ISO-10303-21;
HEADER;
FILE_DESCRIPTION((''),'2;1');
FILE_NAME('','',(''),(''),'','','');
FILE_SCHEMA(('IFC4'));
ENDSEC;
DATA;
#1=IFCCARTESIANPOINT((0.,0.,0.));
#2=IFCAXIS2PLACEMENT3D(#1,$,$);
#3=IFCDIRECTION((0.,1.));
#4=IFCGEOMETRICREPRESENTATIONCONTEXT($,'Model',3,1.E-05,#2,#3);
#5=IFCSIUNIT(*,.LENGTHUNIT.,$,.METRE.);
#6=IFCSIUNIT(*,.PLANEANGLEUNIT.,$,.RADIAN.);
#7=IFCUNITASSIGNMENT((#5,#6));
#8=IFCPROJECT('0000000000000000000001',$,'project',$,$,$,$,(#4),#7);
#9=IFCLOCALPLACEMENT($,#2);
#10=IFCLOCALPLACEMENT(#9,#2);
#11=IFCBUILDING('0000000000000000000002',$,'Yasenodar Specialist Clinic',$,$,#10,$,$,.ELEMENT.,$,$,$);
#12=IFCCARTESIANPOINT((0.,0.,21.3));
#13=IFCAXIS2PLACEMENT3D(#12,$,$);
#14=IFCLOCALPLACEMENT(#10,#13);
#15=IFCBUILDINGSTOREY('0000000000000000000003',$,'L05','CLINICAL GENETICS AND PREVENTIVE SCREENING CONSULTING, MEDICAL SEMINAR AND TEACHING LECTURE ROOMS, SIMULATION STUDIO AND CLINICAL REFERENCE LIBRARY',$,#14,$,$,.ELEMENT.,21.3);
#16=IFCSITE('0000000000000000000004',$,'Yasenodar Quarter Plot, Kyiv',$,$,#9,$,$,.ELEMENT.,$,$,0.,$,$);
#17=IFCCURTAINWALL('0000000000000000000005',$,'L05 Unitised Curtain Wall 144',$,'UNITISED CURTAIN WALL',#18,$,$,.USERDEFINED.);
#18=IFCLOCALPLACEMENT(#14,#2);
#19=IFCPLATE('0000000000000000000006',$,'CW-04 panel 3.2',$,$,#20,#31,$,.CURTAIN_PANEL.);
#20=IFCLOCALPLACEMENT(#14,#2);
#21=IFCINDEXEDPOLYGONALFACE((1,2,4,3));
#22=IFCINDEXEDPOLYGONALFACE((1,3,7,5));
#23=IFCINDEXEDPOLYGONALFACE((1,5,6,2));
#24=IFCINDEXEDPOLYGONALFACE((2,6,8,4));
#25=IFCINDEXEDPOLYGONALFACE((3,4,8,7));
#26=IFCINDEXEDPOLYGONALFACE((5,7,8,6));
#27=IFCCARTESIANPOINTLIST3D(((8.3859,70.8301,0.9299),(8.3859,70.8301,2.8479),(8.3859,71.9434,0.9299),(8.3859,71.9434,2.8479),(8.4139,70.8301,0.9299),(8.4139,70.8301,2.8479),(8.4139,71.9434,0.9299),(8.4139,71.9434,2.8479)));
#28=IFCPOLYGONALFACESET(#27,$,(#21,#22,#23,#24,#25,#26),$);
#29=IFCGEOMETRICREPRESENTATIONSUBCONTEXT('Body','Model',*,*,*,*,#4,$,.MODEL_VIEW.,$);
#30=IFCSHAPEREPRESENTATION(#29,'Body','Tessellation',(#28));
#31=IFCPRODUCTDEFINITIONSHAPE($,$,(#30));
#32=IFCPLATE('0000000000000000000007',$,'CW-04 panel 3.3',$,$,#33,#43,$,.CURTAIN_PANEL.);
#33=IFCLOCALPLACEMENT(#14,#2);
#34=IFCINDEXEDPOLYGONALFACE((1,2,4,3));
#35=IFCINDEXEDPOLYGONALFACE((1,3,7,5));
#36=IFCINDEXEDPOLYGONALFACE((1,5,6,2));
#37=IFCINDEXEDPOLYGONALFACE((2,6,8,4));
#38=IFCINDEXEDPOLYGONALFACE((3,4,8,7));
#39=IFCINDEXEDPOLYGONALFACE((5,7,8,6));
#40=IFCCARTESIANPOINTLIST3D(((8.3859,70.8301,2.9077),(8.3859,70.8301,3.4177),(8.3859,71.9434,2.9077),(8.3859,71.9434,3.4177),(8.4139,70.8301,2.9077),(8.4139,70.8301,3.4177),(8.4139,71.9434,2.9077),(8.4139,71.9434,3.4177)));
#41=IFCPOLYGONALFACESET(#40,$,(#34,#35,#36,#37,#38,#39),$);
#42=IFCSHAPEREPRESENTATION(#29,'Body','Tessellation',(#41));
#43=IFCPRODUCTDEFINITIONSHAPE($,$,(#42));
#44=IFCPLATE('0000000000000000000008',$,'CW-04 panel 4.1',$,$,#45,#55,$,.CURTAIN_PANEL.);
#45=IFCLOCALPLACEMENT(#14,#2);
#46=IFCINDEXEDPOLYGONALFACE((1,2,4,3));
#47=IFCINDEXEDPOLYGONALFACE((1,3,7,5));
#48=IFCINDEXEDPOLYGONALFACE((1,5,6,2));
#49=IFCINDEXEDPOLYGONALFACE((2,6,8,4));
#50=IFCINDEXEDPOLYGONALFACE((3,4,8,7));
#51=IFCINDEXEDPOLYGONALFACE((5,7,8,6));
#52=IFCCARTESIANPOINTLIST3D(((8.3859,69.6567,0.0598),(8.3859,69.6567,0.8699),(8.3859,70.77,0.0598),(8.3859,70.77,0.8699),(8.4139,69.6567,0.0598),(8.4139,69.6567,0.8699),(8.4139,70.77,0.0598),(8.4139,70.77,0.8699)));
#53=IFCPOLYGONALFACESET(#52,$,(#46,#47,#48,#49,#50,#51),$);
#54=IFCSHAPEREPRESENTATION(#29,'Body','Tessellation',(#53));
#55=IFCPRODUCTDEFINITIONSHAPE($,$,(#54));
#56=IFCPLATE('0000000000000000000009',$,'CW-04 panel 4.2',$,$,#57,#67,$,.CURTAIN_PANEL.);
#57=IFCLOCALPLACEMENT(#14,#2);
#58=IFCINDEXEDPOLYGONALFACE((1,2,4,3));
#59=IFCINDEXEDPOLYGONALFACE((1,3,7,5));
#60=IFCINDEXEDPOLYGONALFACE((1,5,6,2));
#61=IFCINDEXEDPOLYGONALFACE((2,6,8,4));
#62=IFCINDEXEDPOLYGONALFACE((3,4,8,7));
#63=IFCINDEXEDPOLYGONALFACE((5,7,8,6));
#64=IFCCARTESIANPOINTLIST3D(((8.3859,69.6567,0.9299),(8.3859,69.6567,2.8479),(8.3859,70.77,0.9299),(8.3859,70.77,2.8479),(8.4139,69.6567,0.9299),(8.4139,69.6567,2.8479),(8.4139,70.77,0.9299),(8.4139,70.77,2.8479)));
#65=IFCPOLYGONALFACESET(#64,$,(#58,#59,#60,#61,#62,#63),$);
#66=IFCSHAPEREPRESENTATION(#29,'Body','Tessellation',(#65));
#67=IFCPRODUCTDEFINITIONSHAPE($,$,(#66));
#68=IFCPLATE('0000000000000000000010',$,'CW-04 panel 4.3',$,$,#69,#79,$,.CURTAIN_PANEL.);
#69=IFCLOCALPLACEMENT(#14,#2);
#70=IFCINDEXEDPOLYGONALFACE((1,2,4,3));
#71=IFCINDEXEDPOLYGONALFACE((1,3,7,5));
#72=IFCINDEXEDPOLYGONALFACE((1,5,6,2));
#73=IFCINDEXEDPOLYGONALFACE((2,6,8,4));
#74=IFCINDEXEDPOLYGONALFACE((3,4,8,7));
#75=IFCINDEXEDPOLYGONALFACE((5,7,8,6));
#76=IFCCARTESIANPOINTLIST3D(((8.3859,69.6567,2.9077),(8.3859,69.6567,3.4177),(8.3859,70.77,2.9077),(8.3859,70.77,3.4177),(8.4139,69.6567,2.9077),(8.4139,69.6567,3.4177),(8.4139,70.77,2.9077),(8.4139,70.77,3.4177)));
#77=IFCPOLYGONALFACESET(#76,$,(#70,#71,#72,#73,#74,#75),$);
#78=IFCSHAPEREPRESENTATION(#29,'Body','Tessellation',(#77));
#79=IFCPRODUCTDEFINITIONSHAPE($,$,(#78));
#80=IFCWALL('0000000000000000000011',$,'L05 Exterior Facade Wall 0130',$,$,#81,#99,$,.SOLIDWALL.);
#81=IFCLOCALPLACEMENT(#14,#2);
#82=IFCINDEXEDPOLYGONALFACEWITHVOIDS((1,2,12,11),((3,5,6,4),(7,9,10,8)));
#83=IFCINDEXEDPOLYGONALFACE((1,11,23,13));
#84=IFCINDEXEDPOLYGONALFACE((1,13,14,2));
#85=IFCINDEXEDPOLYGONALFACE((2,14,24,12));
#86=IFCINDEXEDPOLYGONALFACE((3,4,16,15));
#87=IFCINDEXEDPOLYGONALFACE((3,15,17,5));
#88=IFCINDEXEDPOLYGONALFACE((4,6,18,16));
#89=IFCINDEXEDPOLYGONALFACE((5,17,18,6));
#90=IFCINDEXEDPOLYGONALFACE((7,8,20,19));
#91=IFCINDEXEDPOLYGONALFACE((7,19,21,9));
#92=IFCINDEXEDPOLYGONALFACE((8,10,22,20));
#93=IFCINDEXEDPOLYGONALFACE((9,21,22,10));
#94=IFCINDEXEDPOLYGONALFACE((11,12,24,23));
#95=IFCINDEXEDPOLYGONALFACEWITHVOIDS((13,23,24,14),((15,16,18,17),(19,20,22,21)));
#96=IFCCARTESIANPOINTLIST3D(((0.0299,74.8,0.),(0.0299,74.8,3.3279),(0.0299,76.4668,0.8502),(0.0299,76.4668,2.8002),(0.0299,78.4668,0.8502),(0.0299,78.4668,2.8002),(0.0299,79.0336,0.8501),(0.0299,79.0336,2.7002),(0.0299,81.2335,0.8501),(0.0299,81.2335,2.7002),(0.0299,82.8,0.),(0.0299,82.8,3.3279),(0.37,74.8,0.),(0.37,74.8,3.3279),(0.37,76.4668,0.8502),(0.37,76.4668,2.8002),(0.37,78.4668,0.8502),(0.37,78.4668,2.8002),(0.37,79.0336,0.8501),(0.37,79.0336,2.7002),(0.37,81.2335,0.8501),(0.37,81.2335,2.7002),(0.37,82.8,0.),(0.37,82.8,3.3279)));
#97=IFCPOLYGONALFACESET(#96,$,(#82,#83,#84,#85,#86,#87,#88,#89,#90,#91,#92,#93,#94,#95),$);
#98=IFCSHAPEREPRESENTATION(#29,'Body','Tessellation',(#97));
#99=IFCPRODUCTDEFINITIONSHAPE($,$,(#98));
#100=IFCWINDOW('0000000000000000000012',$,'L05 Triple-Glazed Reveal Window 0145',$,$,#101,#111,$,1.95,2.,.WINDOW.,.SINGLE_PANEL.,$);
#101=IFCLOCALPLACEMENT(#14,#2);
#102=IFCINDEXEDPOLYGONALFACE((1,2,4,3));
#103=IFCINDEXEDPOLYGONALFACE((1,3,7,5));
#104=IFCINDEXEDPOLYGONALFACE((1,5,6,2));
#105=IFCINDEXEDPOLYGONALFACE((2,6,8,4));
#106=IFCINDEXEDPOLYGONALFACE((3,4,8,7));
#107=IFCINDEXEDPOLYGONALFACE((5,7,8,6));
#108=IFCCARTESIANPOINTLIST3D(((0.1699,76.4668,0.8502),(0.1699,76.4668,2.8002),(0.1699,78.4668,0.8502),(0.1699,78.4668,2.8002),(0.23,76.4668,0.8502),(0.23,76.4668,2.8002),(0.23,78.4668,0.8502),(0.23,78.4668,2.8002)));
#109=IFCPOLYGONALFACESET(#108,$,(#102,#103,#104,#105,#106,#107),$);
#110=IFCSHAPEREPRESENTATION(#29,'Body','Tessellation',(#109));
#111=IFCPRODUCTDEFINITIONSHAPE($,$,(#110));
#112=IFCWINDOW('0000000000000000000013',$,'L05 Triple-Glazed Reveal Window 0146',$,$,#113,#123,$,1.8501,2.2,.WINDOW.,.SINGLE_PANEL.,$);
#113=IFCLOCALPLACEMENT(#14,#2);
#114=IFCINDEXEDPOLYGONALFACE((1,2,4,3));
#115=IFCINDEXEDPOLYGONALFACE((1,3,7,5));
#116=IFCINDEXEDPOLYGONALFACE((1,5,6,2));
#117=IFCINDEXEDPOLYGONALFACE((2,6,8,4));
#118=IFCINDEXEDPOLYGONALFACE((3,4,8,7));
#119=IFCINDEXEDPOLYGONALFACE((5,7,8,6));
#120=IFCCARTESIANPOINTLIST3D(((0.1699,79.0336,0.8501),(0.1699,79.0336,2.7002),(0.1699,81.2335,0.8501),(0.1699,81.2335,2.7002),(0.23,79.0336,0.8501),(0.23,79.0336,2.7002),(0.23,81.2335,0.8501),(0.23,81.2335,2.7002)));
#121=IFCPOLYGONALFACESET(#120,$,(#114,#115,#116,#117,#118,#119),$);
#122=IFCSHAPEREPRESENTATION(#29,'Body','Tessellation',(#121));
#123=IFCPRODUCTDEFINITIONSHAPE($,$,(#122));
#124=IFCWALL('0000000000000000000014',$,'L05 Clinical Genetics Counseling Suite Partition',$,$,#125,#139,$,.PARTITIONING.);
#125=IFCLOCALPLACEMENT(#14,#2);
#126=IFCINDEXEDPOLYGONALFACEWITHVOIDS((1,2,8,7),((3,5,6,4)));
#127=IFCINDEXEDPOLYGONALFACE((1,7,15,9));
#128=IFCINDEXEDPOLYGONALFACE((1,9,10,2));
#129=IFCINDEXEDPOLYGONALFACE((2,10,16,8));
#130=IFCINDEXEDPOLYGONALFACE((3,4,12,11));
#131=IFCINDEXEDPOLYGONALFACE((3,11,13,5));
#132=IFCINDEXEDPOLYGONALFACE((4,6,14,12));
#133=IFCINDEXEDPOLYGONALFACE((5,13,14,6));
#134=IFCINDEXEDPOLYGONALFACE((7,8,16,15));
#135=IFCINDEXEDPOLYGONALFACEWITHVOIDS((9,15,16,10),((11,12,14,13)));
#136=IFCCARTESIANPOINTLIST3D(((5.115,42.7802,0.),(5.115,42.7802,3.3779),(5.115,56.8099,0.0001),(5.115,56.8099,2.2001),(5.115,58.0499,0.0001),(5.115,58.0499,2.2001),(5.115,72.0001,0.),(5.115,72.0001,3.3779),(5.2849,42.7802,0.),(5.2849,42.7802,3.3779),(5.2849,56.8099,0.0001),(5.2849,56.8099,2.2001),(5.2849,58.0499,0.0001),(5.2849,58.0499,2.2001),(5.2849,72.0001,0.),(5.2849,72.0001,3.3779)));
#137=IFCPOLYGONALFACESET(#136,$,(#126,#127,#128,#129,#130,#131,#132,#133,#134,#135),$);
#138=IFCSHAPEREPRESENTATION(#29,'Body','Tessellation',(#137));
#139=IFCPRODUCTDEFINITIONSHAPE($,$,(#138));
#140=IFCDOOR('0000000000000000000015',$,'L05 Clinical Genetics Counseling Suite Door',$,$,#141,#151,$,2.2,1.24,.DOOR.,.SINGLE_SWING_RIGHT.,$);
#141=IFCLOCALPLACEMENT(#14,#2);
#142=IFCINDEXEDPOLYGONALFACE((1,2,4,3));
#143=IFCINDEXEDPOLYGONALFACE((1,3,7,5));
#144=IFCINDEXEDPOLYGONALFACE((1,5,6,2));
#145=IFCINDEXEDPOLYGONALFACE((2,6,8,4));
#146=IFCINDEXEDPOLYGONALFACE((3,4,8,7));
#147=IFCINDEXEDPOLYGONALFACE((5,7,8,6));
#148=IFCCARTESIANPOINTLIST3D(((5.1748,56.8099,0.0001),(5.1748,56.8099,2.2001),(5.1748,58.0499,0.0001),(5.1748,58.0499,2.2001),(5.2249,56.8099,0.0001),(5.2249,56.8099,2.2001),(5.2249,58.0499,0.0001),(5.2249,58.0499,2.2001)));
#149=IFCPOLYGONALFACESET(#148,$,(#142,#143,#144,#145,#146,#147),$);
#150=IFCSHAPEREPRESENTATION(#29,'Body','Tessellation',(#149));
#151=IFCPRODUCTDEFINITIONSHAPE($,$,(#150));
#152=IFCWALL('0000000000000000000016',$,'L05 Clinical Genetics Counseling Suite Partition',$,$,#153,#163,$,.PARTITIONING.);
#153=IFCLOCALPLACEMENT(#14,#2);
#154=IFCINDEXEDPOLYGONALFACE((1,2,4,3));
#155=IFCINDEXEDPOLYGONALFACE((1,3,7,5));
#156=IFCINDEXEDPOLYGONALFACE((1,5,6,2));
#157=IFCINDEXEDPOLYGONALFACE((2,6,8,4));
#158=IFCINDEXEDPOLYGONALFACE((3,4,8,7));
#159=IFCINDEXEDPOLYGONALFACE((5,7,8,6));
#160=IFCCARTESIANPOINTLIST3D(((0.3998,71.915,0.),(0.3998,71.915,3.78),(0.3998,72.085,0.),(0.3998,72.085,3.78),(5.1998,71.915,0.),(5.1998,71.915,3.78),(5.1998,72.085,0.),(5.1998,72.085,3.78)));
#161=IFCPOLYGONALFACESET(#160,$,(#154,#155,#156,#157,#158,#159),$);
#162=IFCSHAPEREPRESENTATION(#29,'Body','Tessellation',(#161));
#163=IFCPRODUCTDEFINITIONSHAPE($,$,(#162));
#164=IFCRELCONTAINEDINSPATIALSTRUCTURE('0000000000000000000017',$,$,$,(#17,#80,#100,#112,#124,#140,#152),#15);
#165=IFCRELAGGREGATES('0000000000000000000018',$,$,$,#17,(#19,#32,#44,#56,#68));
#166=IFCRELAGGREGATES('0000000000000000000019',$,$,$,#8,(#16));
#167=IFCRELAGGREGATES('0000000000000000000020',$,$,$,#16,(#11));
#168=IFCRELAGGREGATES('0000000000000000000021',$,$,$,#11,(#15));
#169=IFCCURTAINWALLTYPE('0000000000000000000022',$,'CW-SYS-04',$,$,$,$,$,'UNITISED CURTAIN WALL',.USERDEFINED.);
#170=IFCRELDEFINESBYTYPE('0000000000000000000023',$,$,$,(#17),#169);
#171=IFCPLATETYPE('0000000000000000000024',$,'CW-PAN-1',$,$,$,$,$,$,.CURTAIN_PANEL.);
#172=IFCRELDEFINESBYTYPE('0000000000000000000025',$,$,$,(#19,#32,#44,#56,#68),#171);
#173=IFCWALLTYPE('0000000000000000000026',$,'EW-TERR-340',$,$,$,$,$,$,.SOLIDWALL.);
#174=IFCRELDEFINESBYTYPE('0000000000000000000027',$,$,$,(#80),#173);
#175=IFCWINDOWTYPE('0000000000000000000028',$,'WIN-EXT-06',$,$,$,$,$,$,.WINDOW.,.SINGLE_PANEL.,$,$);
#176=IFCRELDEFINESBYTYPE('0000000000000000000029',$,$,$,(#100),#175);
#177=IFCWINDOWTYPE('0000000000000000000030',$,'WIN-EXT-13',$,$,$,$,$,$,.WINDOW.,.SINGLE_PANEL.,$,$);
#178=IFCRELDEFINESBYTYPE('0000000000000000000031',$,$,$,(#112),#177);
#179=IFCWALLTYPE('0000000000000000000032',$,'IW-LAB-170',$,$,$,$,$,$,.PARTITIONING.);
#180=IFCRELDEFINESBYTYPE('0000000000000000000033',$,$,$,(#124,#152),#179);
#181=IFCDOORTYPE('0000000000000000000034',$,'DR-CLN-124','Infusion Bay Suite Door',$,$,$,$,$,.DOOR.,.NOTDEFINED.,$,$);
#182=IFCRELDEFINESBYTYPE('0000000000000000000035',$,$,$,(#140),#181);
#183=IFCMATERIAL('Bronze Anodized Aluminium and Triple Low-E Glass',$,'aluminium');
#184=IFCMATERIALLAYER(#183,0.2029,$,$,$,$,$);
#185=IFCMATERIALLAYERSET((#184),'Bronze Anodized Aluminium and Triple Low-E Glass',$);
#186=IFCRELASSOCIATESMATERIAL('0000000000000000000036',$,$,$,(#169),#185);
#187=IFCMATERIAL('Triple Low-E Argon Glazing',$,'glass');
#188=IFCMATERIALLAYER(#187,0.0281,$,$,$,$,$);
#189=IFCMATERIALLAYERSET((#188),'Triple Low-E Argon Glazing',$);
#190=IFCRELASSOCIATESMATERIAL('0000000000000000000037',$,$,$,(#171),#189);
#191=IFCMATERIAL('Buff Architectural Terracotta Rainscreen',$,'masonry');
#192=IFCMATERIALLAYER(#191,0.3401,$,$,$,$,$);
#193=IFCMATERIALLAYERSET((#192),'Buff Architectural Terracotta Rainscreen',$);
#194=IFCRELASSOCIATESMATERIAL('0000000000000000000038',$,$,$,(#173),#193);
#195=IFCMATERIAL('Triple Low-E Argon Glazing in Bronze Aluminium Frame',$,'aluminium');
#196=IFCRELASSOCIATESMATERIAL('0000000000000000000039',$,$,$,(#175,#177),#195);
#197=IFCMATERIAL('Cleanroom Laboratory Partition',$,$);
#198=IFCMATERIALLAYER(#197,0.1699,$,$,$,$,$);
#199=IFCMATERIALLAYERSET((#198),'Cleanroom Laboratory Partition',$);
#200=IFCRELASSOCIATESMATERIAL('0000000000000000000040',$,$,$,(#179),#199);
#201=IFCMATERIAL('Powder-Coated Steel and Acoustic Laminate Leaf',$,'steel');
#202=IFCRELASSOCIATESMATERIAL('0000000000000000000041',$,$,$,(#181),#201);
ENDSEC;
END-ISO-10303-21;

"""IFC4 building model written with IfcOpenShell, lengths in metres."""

from ifc_helpers import new_model, si_unit, direction, frame, frame_2d, origin, origin_2d, place, context, subcontext, project, spatial, rectangle, extrude, material, layer, layer_set, type_object, element, fill, aggregate, save


model = new_model("IFC4")

# Units and contexts
model_context = context("Model", 3, precision=1e-05, world=origin(), true_north=direction((0.0, 1.0)))
body_context = subcontext(model_context, "Body", "Model", "MODEL_VIEW")
ifc_project = project(units=[si_unit("LENGTHUNIT", "METRE"), si_unit("PLANEANGLEUNIT", "RADIAN")], contexts=[model_context])

# Site, building, storey
site_placement = place(None, origin())
site = spatial("IfcSite", under=ifc_project, at=site_placement, Name="Yasenodar Quarter Plot, Kyiv", CompositionType="ELEMENT", RefElevation=0.0)
building_placement = place(site_placement, origin())
building = spatial("IfcBuilding", under=site, at=building_placement, Name="Yasenodar Specialist Clinic", CompositionType="ELEMENT")
storey_placement = place(building_placement, frame((0.0, 0.0, 21.3)))
storey = spatial("IfcBuildingStorey", under=building, at=storey_placement, Name="L05", Description="CLINICAL GENETICS AND PREVENTIVE SCREENING CONSULTING, MEDICAL SEMINAR AND TEACHING LECTURE ROOMS, SIMULATION STUDIO AND CLINICAL REFERENCE LIBRARY", CompositionType="ELEMENT", Elevation=21.3)

# Curtain wall
ifc_material_1 = material(Name="Bronze Anodized Aluminium and Triple Low-E Glass", Category="aluminium")
ifc_layer_1 = layer(ifc_material_1, 0.2029)
ifc_layer_set_1 = layer_set([ifc_layer_1], Name="Bronze Anodized Aluminium and Triple Low-E Glass")
curtain_wall_type = type_object("IfcCurtainWallType", Name="CW-SYS-04", ElementType="UNITISED CURTAIN WALL", PredefinedType="USERDEFINED", material=ifc_layer_set_1)
curtain_wall_placement = place(storey_placement, origin())
curtain_wall = element("IfcCurtainWall", 1, at=curtain_wall_placement, inside=storey, type_object=curtain_wall_type, Name="L05 Unitised Curtain Wall 144", ObjectType="UNITISED CURTAIN WALL", PredefinedType="USERDEFINED")

# Plates
ifc_material_2 = material(Name="Triple Low-E Argon Glazing", Category="glass")
ifc_layer_2 = layer(ifc_material_2, 0.0281)
ifc_layer_set_2 = layer_set([ifc_layer_2], Name="Triple Low-E Argon Glazing")
plate_type = type_object("IfcPlateType", Name="CW-PAN-1", PredefinedType="CURTAIN_PANEL", material=ifc_layer_set_2)
plate_1_placement = place(storey_placement, frame((8.3999, 71.3867, 0.9299), z_axis=(0.0, 0.0, 1.0), x_axis=(0.0, -1.0, 0.0)))
plate_1 = element("IfcPlate", 2, at=plate_1_placement, type_object=plate_type, Name="CW-04 panel 3.2", PredefinedType="CURTAIN_PANEL", context=body_context, shape_type="SweptSolid", body=[
    extrude(rectangle(XDim=1.1133, YDim=0.0281, at=origin_2d()), origin(), (0.0, 0.0, 1.0), 1.918),
])
plate_2_placement = place(storey_placement, frame((8.3999, 71.3867, 2.9077), z_axis=(0.0, 0.0, 1.0), x_axis=(0.0, -1.0, 0.0)))
plate_2 = element("IfcPlate", 3, at=plate_2_placement, type_object=plate_type, Name="CW-04 panel 3.3", PredefinedType="CURTAIN_PANEL", context=body_context, shape_type="SweptSolid", body=[
    extrude(rectangle(XDim=1.1133, YDim=0.0281, at=origin_2d()), origin(), (0.0, 0.0, 1.0), 0.51),
])
plate_3_placement = place(storey_placement, frame((8.3999, 70.2134, 0.0598), z_axis=(0.0, 0.0, 1.0), x_axis=(0.0, -1.0, 0.0)))
plate_3 = element("IfcPlate", 4, at=plate_3_placement, type_object=plate_type, Name="CW-04 panel 4.1", PredefinedType="CURTAIN_PANEL", context=body_context, shape_type="SweptSolid", body=[
    extrude(rectangle(XDim=1.1133, YDim=0.0281, at=origin_2d()), origin(), (0.0, 0.0, 1.0), 0.8101),
])
plate_4_placement = place(storey_placement, frame((8.3999, 70.2134, 0.9299), z_axis=(0.0, 0.0, 1.0), x_axis=(0.0, -1.0, 0.0)))
plate_4 = element("IfcPlate", 5, at=plate_4_placement, type_object=plate_type, Name="CW-04 panel 4.2", PredefinedType="CURTAIN_PANEL", context=body_context, shape_type="SweptSolid", body=[
    extrude(rectangle(XDim=1.1133, YDim=0.0281, at=origin_2d()), origin(), (0.0, 0.0, 1.0), 1.918),
])
plate_5_placement = place(storey_placement, frame((8.3999, 70.2134, 2.9077), z_axis=(0.0, 0.0, 1.0), x_axis=(0.0, -1.0, 0.0)))
plate_5 = element("IfcPlate", 6, at=plate_5_placement, type_object=plate_type, Name="CW-04 panel 4.3", PredefinedType="CURTAIN_PANEL", context=body_context, shape_type="SweptSolid", body=[
    extrude(rectangle(XDim=1.1133, YDim=0.0281, at=origin_2d()), origin(), (0.0, 0.0, 1.0), 0.51),
])
aggregate(curtain_wall, [plate_1, plate_2, plate_3, plate_4, plate_5])

# Wall, openings, windows
ifc_material_3 = material(Name="Buff Architectural Terracotta Rainscreen", Category="masonry")
ifc_layer_3 = layer(ifc_material_3, 0.3401)
ifc_layer_set_3 = layer_set([ifc_layer_3], Name="Buff Architectural Terracotta Rainscreen")
wall_type_1 = type_object("IfcWallType", Name="EW-TERR-340", PredefinedType="SOLIDWALL", material=ifc_layer_set_3)
wall_1_placement = place(storey_placement, frame((0.2, 74.8, 0.0), z_axis=(0.0, 0.0, 1.0), x_axis=(0.0, 1.0, 0.0)))
wall_1 = element("IfcWall", 7, at=wall_1_placement, inside=storey, type_object=wall_type_1, Name="L05 Exterior Facade Wall 0130", PredefinedType="SOLIDWALL", context=body_context, shape_type="SweptSolid", body=[
    extrude(rectangle(XDim=8.0, YDim=0.3401, at=frame_2d((4.0, 0.0))), origin(), (0.0, 0.0, 1.0), 3.3279),
])
opening_1_placement = place(wall_1_placement, frame((1.6667, 0.0, 0.8501)))
opening_1 = element("IfcOpeningElement", 8, at=opening_1_placement, cuts=wall_1, PredefinedType="OPENING", context=body_context, shape_type="SweptSolid", body=[
    extrude(rectangle(XDim=2.0, YDim=1.95, at=frame_2d((1.0, 0.9751))), frame((0.0, 0.1802, 0.0), z_axis=(0.0, -1.0, 0.0), x_axis=(1.0, 0.0, 0.0)), (0.0, 0.0, 1.0), 0.3601),
])
opening_2_placement = place(wall_1_placement, frame((4.2334, 0.0, 0.8501)))
opening_2 = element("IfcOpeningElement", 9, at=opening_2_placement, cuts=wall_1, PredefinedType="OPENING", context=body_context, shape_type="SweptSolid", body=[
    extrude(rectangle(XDim=2.2, YDim=1.8501, at=frame_2d((1.1001, 0.925))), frame((0.0, 0.1802, 0.0), z_axis=(0.0, -1.0, 0.0), x_axis=(1.0, 0.0, 0.0)), (0.0, 0.0, 1.0), 0.3601),
])
ifc_material_4 = material(Name="Triple Low-E Argon Glazing in Bronze Aluminium Frame", Category="aluminium")
window_type_1 = type_object("IfcWindowType", Name="WIN-EXT-06", PartitioningType="SINGLE_PANEL", PredefinedType="WINDOW", material=ifc_material_4)
window_1_placement = place(opening_1_placement, origin())
window_1 = element("IfcWindow", 10, at=window_1_placement, inside=storey, type_object=window_type_1, Name="L05 Triple-Glazed Reveal Window 0145", OverallHeight=1.95, OverallWidth=2.0, PartitioningType="SINGLE_PANEL", PredefinedType="WINDOW", context=body_context, shape_type="SweptSolid", body=[
    extrude(rectangle(XDim=2.0, YDim=1.95, at=frame_2d((1.0, 0.9751))), frame((0.0, 0.03, 0.0), z_axis=(0.0, -1.0, 0.0), x_axis=(1.0, 0.0, 0.0)), (0.0, 0.0, 1.0), 0.0601),
])
fill(opening_1, window_1)
window_type_2 = type_object("IfcWindowType", Name="WIN-EXT-13", PartitioningType="SINGLE_PANEL", PredefinedType="WINDOW", material=ifc_material_4)
window_2_placement = place(opening_2_placement, origin())
window_2 = element("IfcWindow", 11, at=window_2_placement, inside=storey, type_object=window_type_2, Name="L05 Triple-Glazed Reveal Window 0146", OverallHeight=1.8501, OverallWidth=2.2, PartitioningType="SINGLE_PANEL", PredefinedType="WINDOW", context=body_context, shape_type="SweptSolid", body=[
    extrude(rectangle(XDim=2.2, YDim=1.8501, at=frame_2d((1.1001, 0.925))), frame((0.0, 0.03, 0.0), z_axis=(0.0, -1.0, 0.0), x_axis=(1.0, 0.0, 0.0)), (0.0, 0.0, 1.0), 0.0601),
])
fill(opening_2, window_2)

# Wall, opening, door
ifc_material_5 = material(Name="Cleanroom Laboratory Partition")
ifc_layer_4 = layer(ifc_material_5, 0.1699)
ifc_layer_set_4 = layer_set([ifc_layer_4], Name="Cleanroom Laboratory Partition")
wall_type_2 = type_object("IfcWallType", Name="IW-LAB-170", PredefinedType="PARTITIONING", material=ifc_layer_set_4)
wall_2_placement = place(storey_placement, frame((5.2, 72.0, 0.0), z_axis=(0.0, 0.0, 1.0), x_axis=(0.0, -1.0, 0.0)))
wall_2 = element("IfcWall", 12, at=wall_2_placement, inside=storey, type_object=wall_type_2, Name="L05 Clinical Genetics Counseling Suite Partition", PredefinedType="PARTITIONING", context=body_context, shape_type="SweptSolid", body=[
    extrude(rectangle(XDim=29.22, YDim=0.1699, at=frame_2d((14.6099, 0.0))), origin(), (0.0, 0.0, 1.0), 3.3779),
])
opening_3_placement = place(wall_2_placement, frame((13.95, 0.0, 0.0)))
opening_3 = element("IfcOpeningElement", 13, at=opening_3_placement, cuts=wall_2, PredefinedType="OPENING", context=body_context, shape_type="SweptSolid", body=[
    extrude(rectangle(XDim=1.24, YDim=2.2, at=frame_2d((0.6201, 1.1001))), frame((0.0, 0.095, 0.0), z_axis=(0.0, -1.0, 0.0), x_axis=(1.0, 0.0, 0.0)), (0.0, 0.0, 1.0), 0.1899),
])
ifc_material_6 = material(Name="Powder-Coated Steel and Acoustic Laminate Leaf", Category="steel")
door_type = type_object("IfcDoorType", Name="DR-CLN-124", Description="Infusion Bay Suite Door", OperationType="NOTDEFINED", PredefinedType="DOOR", material=ifc_material_6)
door_placement = place(opening_3_placement, origin())
door = element("IfcDoor", 14, at=door_placement, inside=storey, type_object=door_type, Name="L05 Clinical Genetics Counseling Suite Door", OperationType="SINGLE_SWING_RIGHT", OverallHeight=2.2, OverallWidth=1.24, PredefinedType="DOOR", context=body_context, shape_type="SweptSolid", body=[
    extrude(rectangle(XDim=1.24, YDim=2.2, at=frame_2d((0.6201, 1.1001))), frame((0.0, 0.0249, 0.0), z_axis=(0.0, -1.0, 0.0), x_axis=(1.0, 0.0, 0.0)), (0.0, 0.0, 1.0), 0.05),
])
fill(opening_3, door)

# Wall
wall_3_placement = place(storey_placement, frame((0.3999, 72.0, 0.0), z_axis=(0.0, 0.0, 1.0), x_axis=(1.0, 0.0, 0.0)))
element("IfcWall", 15, at=wall_3_placement, inside=storey, type_object=wall_type_2, Name="L05 Clinical Genetics Counseling Suite Partition", PredefinedType="PARTITIONING", context=body_context, shape_type="SweptSolid", body=[
    extrude(rectangle(XDim=4.8, YDim=0.1699, at=frame_2d((2.3999, 0.0))), origin(), (0.0, 0.0, 1.0), 3.78),
])

save(model, "model.ifc")
